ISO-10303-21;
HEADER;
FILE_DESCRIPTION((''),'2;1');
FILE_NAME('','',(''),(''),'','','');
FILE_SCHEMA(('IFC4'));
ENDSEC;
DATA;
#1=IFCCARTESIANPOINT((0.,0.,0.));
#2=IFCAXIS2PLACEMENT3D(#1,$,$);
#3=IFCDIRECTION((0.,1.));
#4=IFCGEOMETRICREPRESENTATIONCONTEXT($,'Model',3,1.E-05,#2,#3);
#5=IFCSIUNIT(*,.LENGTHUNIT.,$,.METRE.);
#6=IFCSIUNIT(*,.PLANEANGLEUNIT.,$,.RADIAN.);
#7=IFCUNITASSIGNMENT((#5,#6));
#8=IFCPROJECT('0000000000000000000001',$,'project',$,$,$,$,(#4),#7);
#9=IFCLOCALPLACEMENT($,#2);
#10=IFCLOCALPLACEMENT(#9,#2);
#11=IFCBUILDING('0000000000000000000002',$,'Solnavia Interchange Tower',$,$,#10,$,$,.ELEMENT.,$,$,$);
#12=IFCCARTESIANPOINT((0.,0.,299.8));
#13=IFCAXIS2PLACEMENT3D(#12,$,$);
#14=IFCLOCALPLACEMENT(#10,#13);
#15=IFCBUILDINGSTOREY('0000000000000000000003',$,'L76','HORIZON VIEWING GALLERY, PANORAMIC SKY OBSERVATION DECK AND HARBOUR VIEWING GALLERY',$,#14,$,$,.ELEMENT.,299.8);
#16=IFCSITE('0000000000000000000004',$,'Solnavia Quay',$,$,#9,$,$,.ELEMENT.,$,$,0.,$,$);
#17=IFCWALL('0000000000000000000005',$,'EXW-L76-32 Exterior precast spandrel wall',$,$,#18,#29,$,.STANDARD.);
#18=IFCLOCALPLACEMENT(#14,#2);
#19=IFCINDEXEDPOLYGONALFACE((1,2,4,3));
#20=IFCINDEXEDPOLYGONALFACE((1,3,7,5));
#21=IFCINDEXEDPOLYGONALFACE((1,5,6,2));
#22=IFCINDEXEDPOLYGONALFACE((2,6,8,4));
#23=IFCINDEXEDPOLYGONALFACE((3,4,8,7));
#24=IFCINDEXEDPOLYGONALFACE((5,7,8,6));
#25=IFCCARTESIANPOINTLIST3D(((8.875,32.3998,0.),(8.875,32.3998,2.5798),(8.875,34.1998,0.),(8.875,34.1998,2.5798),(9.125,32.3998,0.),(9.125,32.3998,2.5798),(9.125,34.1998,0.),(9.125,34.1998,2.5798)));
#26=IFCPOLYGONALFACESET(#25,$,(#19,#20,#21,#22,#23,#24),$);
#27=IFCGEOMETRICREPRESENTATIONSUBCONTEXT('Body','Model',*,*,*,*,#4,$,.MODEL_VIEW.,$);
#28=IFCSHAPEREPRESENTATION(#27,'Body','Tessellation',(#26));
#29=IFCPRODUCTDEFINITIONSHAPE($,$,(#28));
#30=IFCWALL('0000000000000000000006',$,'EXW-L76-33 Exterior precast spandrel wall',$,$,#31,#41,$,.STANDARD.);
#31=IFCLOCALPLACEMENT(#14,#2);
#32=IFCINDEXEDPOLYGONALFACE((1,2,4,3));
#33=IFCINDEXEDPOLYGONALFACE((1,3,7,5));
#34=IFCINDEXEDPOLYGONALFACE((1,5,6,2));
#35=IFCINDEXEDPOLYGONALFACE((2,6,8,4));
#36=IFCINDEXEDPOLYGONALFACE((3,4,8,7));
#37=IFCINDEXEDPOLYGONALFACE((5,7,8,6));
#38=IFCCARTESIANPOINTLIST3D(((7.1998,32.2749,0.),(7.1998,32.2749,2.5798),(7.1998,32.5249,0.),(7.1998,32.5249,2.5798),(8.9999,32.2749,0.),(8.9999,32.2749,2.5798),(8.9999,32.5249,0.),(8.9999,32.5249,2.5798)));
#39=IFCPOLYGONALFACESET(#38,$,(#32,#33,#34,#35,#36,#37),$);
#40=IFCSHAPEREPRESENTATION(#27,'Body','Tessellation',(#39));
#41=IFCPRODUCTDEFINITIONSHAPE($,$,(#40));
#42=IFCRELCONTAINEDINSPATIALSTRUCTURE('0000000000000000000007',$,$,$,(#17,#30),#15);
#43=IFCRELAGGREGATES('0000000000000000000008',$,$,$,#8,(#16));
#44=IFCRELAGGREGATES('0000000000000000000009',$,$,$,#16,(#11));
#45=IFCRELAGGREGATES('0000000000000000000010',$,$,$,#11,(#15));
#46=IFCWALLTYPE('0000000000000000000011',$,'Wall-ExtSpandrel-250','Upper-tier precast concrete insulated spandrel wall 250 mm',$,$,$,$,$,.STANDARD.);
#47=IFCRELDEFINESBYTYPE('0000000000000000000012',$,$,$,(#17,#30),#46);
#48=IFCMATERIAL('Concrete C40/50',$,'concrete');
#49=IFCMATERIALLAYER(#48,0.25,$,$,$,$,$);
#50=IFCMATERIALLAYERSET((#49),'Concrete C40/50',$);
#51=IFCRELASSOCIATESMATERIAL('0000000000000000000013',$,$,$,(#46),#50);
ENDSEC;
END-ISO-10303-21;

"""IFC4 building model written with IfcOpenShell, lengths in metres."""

from ifc_helpers import new_model, si_unit, direction, frame, frame_2d, origin, place, context, subcontext, project, spatial, rectangle, extrude, material, layer, layer_set, type_object, element, save


model = new_model("IFC4")

# Units and contexts
model_context = context("Model", 3, precision=1e-05, world=origin(), true_north=direction((0.0, 1.0)))
body_context = subcontext(model_context, "Body", "Model", "MODEL_VIEW")
ifc_project = project(units=[si_unit("LENGTHUNIT", "METRE"), si_unit("PLANEANGLEUNIT", "RADIAN")], contexts=[model_context])

# Site, building, storey
site_placement = place(None, origin())
site = spatial("IfcSite", under=ifc_project, at=site_placement, Name="Solnavia Quay", CompositionType="ELEMENT", RefElevation=0.0)
building_placement = place(site_placement, origin())
building = spatial("IfcBuilding", under=site, at=building_placement, Name="Solnavia Interchange Tower", CompositionType="ELEMENT")
storey_placement = place(building_placement, frame((0.0, 0.0, 299.8)))
storey = spatial("IfcBuildingStorey", under=building, at=storey_placement, Name="L76", Description="HORIZON VIEWING GALLERY, PANORAMIC SKY OBSERVATION DECK AND HARBOUR VIEWING GALLERY", CompositionType="ELEMENT", Elevation=299.8)

# Walls
ifc_material_1 = material(Name="Concrete C40/50", Category="concrete")
ifc_layer_1 = layer(ifc_material_1, 0.25)
ifc_layer_set_1 = layer_set([ifc_layer_1], Name="Concrete C40/50")
wall_type = type_object("IfcWallType", Name="Wall-ExtSpandrel-250", Description="Upper-tier precast concrete insulated spandrel wall 250 mm", PredefinedType="STANDARD", material=ifc_layer_set_1)
for number, where, z_axis, x_axis, name in (
    (1, (9.0, 32.3999, 0.0), (0.0, 0.0, 1.0), (0.0, 1.0, 0.0), "EXW-L76-32 Exterior precast spandrel wall"),
    (2, (7.2, 32.3999, 0.0), (0.0, 0.0, 1.0), (1.0, 0.0, 0.0), "EXW-L76-33 Exterior precast spandrel wall"),
):
    element("IfcWall", number, at=place(storey_placement, frame(where, z_axis=z_axis, x_axis=x_axis)), inside=storey, type_object=wall_type, Name=name, PredefinedType="STANDARD", context=body_context, shape_type="SweptSolid", body=[
        extrude(rectangle(XDim=1.8, YDim=0.25, at=frame_2d((0.8999, 0.0))), origin(), (0.0, 0.0, 1.0), 2.5798),
    ])

save(model, "model.ifc")
